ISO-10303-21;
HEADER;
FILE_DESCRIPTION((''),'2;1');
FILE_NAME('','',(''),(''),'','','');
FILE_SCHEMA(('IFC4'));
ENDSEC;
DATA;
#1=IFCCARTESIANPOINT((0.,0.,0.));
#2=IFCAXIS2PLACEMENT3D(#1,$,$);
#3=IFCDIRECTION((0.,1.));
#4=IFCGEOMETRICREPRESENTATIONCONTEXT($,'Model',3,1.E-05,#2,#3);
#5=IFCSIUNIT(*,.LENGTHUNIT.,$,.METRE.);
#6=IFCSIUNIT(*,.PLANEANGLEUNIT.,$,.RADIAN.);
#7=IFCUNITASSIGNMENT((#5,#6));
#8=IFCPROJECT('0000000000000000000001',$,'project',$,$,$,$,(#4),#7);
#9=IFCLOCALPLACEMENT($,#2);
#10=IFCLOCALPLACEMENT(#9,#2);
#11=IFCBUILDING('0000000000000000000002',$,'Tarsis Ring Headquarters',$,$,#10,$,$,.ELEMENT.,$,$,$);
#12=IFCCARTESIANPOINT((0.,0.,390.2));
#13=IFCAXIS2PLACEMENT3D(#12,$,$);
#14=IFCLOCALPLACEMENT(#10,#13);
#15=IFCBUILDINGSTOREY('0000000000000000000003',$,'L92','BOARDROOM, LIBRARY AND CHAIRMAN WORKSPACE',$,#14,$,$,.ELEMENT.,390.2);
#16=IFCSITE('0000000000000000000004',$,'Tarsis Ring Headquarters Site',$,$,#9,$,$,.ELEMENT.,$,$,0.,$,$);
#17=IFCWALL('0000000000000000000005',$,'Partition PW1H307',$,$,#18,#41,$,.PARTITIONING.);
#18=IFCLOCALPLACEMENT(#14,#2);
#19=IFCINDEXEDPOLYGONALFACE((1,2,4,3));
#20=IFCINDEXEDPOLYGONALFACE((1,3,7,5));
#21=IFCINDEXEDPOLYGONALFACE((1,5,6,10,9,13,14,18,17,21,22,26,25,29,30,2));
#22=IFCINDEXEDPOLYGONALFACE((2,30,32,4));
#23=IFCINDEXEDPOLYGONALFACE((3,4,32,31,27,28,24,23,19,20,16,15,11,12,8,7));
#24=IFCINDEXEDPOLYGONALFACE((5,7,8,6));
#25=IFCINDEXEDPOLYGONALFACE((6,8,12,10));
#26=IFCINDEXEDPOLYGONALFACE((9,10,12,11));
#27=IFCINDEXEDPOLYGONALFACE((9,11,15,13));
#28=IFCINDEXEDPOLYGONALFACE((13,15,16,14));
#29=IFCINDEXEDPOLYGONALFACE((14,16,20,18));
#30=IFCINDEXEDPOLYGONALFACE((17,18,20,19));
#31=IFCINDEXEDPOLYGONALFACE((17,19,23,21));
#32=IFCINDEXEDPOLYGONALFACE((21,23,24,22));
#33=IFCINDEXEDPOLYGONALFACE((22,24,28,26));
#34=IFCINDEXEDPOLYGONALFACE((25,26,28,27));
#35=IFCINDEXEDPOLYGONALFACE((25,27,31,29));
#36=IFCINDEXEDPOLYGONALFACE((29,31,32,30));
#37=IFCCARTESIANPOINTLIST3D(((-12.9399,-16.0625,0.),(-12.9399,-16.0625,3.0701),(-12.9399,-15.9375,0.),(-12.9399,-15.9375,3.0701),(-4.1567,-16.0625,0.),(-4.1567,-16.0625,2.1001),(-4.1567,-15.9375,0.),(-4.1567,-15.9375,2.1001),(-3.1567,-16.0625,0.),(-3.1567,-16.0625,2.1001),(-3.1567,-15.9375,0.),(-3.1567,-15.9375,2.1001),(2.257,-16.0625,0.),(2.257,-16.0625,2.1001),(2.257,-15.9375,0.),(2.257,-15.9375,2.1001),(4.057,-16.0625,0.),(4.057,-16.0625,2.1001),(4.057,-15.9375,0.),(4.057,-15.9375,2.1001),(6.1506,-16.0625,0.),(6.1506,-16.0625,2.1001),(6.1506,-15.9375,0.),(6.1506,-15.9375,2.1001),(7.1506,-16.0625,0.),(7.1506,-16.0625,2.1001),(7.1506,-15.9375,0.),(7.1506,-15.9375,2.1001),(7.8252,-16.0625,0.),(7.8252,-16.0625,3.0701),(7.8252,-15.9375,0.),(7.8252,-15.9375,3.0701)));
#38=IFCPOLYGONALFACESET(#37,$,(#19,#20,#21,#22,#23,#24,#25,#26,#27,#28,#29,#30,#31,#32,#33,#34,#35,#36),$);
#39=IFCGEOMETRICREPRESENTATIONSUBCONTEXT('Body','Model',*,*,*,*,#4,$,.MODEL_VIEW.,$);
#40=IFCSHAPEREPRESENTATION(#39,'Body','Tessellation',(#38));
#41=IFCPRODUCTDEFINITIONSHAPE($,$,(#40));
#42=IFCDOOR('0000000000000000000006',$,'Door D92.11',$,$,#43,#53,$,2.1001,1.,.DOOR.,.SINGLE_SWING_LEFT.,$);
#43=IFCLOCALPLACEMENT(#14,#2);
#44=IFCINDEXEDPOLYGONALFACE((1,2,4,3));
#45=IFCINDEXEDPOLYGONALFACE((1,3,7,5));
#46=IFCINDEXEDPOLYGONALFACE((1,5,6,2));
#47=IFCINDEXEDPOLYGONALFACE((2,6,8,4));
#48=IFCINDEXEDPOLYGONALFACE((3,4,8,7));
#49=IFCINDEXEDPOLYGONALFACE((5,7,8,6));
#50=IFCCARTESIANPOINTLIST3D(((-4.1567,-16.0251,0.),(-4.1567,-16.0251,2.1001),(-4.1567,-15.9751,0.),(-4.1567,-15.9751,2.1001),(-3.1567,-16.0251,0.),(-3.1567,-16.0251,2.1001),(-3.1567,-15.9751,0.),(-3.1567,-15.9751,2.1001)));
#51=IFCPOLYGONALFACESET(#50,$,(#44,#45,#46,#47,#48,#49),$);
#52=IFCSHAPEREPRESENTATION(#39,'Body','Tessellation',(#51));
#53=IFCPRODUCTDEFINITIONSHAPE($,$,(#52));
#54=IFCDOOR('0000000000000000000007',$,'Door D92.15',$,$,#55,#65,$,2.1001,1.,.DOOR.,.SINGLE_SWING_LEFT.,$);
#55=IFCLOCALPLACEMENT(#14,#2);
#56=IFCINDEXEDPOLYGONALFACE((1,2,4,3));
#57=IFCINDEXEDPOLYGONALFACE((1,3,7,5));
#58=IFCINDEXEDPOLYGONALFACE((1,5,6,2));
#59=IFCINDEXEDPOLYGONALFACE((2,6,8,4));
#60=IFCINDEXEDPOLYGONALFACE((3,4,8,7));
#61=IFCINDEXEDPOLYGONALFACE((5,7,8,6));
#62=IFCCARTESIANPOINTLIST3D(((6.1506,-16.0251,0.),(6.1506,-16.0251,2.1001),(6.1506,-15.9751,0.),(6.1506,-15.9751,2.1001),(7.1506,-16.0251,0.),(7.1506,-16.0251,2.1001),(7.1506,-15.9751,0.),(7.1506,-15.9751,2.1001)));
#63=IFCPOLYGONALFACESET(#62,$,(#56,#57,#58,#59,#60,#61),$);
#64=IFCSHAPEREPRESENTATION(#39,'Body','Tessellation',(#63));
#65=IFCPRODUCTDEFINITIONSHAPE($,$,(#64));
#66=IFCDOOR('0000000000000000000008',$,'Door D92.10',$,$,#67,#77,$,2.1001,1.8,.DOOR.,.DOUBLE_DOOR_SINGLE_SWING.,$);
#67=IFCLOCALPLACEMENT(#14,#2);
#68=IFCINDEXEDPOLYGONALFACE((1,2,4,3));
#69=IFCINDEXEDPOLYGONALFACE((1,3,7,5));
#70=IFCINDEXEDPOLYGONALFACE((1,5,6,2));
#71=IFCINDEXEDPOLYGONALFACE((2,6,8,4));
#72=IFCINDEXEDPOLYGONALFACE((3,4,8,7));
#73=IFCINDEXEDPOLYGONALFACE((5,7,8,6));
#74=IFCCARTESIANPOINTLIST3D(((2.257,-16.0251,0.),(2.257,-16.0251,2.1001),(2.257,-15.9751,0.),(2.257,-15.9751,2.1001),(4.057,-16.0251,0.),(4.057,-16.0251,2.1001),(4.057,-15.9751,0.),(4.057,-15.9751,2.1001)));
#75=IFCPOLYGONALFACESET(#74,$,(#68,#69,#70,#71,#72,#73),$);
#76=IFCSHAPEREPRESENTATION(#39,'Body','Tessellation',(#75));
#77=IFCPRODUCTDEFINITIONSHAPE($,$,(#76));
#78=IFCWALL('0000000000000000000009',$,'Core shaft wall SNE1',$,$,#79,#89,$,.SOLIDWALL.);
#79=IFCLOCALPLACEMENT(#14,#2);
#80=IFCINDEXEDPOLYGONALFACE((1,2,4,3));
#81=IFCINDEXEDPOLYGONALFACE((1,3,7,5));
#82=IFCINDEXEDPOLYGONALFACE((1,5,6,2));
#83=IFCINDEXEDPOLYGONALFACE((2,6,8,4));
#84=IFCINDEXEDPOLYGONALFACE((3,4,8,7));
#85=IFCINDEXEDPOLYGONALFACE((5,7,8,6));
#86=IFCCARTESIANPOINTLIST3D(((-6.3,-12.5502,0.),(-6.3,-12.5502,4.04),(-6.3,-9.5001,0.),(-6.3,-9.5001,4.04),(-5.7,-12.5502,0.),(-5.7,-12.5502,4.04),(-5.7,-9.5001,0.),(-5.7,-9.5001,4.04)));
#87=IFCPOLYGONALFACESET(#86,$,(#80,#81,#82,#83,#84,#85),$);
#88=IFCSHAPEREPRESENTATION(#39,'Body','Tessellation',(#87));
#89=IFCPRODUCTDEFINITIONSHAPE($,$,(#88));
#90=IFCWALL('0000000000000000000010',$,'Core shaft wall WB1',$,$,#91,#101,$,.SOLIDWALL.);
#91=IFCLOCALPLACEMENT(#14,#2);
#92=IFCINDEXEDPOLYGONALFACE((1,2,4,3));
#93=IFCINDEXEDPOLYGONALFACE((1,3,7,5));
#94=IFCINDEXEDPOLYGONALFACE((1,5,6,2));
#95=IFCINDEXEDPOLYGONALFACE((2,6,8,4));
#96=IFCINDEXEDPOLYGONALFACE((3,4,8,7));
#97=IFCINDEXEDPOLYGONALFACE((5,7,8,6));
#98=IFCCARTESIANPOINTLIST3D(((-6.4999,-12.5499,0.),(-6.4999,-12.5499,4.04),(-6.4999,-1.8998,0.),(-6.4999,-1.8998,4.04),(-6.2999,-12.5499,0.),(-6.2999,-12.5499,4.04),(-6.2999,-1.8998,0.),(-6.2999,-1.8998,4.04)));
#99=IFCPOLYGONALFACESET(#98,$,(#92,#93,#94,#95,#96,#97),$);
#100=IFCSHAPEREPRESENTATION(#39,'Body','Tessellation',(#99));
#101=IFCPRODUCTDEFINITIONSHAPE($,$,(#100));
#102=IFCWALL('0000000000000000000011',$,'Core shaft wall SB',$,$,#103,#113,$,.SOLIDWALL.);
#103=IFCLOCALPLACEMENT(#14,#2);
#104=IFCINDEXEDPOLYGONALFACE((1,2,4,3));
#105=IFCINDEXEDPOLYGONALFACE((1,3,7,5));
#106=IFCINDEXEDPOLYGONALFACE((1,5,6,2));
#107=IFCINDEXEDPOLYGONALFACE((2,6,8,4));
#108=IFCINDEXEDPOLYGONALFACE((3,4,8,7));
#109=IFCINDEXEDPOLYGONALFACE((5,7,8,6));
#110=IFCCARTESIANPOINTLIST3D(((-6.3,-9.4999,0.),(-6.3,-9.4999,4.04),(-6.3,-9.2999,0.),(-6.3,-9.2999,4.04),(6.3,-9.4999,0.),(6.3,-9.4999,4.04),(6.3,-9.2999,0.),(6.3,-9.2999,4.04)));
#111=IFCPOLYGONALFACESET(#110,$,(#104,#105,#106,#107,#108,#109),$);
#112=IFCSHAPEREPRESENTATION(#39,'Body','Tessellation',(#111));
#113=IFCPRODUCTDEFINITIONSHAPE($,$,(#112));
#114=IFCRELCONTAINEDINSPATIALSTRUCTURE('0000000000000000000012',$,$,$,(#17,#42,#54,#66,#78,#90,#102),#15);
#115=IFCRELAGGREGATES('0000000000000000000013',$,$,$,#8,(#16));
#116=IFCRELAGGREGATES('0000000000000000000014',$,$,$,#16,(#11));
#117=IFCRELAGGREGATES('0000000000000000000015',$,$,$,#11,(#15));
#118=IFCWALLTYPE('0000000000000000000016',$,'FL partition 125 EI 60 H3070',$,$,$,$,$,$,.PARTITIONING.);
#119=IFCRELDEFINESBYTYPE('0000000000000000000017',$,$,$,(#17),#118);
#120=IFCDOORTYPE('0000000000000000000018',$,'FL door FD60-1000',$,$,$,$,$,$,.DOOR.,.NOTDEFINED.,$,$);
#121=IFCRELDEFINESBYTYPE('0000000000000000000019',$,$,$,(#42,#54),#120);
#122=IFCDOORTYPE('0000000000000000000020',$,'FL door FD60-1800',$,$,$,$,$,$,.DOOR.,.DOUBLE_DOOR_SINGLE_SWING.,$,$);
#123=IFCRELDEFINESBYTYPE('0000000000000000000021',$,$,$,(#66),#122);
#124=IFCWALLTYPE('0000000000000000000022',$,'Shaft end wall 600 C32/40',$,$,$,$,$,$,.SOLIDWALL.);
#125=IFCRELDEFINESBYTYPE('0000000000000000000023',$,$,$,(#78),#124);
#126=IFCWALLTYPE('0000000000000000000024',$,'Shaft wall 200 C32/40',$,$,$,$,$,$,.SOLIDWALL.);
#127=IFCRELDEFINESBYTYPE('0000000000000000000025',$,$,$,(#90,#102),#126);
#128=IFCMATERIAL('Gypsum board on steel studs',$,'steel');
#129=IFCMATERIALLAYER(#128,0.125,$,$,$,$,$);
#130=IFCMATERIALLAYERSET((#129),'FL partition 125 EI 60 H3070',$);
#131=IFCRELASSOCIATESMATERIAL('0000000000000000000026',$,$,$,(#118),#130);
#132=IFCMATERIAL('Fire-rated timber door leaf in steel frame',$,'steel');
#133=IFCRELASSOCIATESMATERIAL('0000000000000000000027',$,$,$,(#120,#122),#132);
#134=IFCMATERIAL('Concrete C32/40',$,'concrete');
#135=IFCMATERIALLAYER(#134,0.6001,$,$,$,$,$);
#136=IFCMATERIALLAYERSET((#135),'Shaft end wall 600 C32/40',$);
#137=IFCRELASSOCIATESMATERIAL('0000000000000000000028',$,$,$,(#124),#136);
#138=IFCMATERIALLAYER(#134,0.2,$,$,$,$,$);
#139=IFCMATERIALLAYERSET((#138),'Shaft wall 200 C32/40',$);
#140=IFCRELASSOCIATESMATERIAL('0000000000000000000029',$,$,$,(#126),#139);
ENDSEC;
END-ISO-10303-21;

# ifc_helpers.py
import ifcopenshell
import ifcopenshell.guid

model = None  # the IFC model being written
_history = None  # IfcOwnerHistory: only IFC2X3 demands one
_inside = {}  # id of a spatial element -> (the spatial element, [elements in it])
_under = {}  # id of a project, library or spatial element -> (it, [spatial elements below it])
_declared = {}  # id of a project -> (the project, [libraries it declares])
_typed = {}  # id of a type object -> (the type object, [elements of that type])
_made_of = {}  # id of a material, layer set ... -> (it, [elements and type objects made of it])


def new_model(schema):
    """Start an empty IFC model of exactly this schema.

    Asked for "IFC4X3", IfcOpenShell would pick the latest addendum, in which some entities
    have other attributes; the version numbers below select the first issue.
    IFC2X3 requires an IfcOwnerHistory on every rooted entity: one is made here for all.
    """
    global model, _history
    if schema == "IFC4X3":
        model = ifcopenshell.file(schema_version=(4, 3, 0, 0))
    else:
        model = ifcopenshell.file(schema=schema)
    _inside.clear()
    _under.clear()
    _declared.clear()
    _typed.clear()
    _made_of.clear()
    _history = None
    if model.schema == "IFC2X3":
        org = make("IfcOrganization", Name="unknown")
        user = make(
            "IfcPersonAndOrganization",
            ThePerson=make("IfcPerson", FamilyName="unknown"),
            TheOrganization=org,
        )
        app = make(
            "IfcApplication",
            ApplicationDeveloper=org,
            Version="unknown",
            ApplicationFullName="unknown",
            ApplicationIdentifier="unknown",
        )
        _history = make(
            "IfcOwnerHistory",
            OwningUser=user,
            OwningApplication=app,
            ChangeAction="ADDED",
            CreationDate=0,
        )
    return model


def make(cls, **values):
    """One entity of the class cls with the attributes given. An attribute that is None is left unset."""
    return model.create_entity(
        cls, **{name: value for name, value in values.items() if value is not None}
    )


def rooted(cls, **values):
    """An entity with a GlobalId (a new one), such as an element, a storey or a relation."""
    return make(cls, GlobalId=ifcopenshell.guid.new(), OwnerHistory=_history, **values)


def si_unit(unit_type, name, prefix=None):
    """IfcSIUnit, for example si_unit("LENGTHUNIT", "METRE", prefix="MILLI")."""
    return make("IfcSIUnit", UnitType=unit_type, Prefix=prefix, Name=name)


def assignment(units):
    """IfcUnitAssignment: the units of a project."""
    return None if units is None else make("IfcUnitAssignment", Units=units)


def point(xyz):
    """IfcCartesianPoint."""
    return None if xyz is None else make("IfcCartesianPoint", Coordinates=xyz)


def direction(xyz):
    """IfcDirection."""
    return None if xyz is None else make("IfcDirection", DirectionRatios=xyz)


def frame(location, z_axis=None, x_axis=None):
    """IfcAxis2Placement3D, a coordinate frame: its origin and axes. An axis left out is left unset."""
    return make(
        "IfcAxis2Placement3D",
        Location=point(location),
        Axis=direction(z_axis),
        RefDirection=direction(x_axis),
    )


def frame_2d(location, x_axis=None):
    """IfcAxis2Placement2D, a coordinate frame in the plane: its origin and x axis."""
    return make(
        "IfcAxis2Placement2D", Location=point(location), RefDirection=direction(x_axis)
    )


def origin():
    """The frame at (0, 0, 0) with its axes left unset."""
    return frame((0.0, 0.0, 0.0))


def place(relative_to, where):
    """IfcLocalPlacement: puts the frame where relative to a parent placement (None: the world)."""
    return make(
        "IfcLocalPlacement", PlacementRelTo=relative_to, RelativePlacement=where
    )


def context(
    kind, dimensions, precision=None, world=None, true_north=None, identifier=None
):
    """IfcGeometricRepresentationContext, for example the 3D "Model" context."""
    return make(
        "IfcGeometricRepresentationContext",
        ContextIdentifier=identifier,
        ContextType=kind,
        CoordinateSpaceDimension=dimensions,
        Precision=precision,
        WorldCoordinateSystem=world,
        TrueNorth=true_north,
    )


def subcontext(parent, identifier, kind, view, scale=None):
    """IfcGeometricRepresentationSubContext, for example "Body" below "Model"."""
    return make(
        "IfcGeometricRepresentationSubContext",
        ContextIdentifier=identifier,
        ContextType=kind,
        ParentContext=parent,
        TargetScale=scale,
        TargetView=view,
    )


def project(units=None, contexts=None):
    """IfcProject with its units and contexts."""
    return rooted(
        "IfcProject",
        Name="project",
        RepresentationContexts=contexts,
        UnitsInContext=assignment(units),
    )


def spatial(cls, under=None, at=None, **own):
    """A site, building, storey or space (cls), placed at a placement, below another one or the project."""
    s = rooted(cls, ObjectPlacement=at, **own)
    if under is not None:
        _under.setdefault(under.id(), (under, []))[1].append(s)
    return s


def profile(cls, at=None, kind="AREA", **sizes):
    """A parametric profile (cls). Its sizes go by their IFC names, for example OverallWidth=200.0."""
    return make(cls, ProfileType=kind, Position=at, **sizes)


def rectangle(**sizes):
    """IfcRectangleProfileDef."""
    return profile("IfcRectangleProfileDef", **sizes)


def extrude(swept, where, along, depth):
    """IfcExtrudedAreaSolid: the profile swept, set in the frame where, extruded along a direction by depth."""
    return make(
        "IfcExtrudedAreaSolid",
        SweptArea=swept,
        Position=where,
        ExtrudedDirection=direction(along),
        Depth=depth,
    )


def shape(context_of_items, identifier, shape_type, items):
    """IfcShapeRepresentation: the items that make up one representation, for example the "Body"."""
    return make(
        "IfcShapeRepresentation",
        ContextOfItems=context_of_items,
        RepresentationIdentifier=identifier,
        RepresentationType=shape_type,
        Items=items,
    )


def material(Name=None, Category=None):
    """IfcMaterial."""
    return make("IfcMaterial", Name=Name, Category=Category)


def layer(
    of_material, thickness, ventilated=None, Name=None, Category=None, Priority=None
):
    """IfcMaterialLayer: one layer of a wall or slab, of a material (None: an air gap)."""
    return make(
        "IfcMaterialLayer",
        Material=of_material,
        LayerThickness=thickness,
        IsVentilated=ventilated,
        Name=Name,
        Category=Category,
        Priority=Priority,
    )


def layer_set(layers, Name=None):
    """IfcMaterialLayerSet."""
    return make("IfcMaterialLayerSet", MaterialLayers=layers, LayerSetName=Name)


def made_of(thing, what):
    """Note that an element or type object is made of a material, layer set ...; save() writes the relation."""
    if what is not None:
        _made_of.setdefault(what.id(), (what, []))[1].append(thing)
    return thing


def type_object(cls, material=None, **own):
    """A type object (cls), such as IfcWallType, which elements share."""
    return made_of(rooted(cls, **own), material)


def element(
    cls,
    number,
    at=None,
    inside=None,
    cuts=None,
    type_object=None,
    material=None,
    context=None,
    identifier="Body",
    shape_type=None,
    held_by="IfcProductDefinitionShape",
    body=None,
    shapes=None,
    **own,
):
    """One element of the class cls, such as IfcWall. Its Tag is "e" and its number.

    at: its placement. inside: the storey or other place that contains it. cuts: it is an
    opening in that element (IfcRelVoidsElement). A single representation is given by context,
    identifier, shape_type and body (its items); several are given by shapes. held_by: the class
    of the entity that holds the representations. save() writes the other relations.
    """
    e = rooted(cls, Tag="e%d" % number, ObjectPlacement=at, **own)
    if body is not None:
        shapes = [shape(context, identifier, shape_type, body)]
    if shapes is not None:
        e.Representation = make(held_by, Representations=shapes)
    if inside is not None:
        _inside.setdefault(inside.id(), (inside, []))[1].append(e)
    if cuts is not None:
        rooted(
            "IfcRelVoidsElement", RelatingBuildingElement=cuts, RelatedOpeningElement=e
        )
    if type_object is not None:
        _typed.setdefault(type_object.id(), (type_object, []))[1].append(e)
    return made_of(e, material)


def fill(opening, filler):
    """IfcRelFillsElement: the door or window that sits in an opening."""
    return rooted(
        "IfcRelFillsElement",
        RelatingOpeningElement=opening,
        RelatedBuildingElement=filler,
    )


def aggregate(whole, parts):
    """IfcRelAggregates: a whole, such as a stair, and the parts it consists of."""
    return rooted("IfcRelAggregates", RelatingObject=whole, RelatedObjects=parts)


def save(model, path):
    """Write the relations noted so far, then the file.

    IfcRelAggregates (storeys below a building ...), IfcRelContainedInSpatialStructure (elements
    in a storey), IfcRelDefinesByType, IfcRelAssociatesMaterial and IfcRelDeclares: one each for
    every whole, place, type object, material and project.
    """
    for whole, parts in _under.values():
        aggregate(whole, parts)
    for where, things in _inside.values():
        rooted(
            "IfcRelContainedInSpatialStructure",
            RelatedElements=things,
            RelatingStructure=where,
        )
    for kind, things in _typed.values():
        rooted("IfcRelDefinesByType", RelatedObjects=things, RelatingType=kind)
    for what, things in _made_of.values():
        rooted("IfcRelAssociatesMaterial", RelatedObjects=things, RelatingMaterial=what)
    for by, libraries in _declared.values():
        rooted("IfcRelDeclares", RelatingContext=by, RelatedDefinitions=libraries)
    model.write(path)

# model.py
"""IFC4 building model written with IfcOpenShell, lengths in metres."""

from ifc_helpers import new_model, si_unit, direction, frame, frame_2d, origin, place, context, subcontext, project, spatial, rectangle, extrude, material, layer, layer_set, type_object, element, fill, save


model = new_model("IFC4")

# Units and contexts
model_context = context("Model", 3, precision=1e-05, world=origin(), true_north=direction((0.0, 1.0)))
body_context = subcontext(model_context, "Body", "Model", "MODEL_VIEW")
ifc_project = project(units=[si_unit("LENGTHUNIT", "METRE"), si_unit("PLANEANGLEUNIT", "RADIAN")], contexts=[model_context])

# Site, building, storey
site_placement = place(None, origin())
site = spatial("IfcSite", under=ifc_project, at=site_placement, Name="Tarsis Ring Headquarters Site", CompositionType="ELEMENT", RefElevation=0.0)
building_placement = place(site_placement, origin())
building = spatial("IfcBuilding", under=site, at=building_placement, Name="Tarsis Ring Headquarters", CompositionType="ELEMENT")
storey_placement = place(building_placement, frame((0.0, 0.0, 390.2)))
storey = spatial("IfcBuildingStorey", under=building, at=storey_placement, Name="L92", Description="BOARDROOM, LIBRARY AND CHAIRMAN WORKSPACE", CompositionType="ELEMENT", Elevation=390.2)

# Wall, openings, doors
ifc_material_1 = material(Name="Gypsum board on steel studs", Category="steel")
ifc_layer_1 = layer(ifc_material_1, 0.125)
ifc_layer_set_1 = layer_set([ifc_layer_1], Name="FL partition 125 EI 60 H3070")
wall_type_1 = type_object("IfcWallType", Name="FL partition 125 EI 60 H3070", PredefinedType="PARTITIONING", material=ifc_layer_set_1)
ifc_material_2 = material(Name="Fire-rated timber door leaf in steel frame", Category="steel")
door_type_1 = type_object("IfcDoorType", Name="FL door FD60-1000", OperationType="NOTDEFINED", PredefinedType="DOOR", material=ifc_material_2)
door_type_2 = type_object("IfcDoorType", Name="FL door FD60-1800", OperationType="DOUBLE_DOOR_SINGLE_SWING", PredefinedType="DOOR", material=ifc_material_2)
wall_1_placement = place(storey_placement, frame((-12.9399, -16.0, 0.0), z_axis=(0.0, 0.0, 1.0), x_axis=(1.0, 0.0, 0.0)))
wall_1 = element("IfcWall", 1, at=wall_1_placement, inside=storey, type_object=wall_type_1, Name="Partition PW1H307", PredefinedType="PARTITIONING", context=body_context, shape_type="SweptSolid", body=[
    extrude(rectangle(XDim=20.7651, YDim=0.125, at=frame_2d((10.3826, 0.0))), origin(), (0.0, 0.0, 1.0), 3.0701),
])
opening_1_placement = place(wall_1_placement, frame((15.197, 0.0, 0.0)))
opening_1 = element("IfcOpeningElement", 2, at=opening_1_placement, cuts=wall_1, PredefinedType="OPENING", context=body_context, shape_type="SweptSolid", body=[
    extrude(rectangle(XDim=1.8, YDim=2.1001, at=frame_2d((0.8999, 1.05))), frame((0.0, 0.0725, 0.0), z_axis=(0.0, -1.0, 0.0), x_axis=(1.0, 0.0, 0.0)), (0.0, 0.0, 1.0), 0.145),
])
opening_2_placement = place(wall_1_placement, frame((8.7832, 0.0, 0.0)))
opening_2 = element("IfcOpeningElement", 3, at=opening_2_placement, cuts=wall_1, PredefinedType="OPENING", context=body_context, shape_type="SweptSolid", body=[
    extrude(rectangle(XDim=1.0, YDim=2.1001, at=frame_2d((0.5, 1.05))), frame((0.0, 0.0725, 0.0), z_axis=(0.0, -1.0, 0.0), x_axis=(1.0, 0.0, 0.0)), (0.0, 0.0, 1.0), 0.145),
])
opening_3_placement = place(wall_1_placement, frame((19.0906, 0.0, 0.0)))
opening_3 = element("IfcOpeningElement", 4, at=opening_3_placement, cuts=wall_1, PredefinedType="OPENING", context=body_context, shape_type="SweptSolid", body=[
    extrude(rectangle(XDim=1.0, YDim=2.1001, at=frame_2d((0.5, 1.05))), frame((0.0, 0.0725, 0.0), z_axis=(0.0, -1.0, 0.0), x_axis=(1.0, 0.0, 0.0)), (0.0, 0.0, 1.0), 0.145),
])
door_1_placement = place(opening_2_placement, origin())
door_1 = element("IfcDoor", 5, at=door_1_placement, inside=storey, type_object=door_type_1, Name="Door D92.11", OperationType="SINGLE_SWING_LEFT", OverallHeight=2.1001, OverallWidth=1.0, PredefinedType="DOOR", context=body_context, shape_type="SweptSolid", body=[
    extrude(rectangle(XDim=1.0, YDim=2.1001, at=frame_2d((0.5, 1.05))), frame((0.0, 0.0249, 0.0), z_axis=(0.0, -1.0, 0.0), x_axis=(1.0, 0.0, 0.0)), (0.0, 0.0, 1.0), 0.05),
])
fill(opening_2, door_1)
door_2_placement = place(opening_3_placement, origin())
door_2 = element("IfcDoor", 6, at=door_2_placement, inside=storey, type_object=door_type_1, Name="Door D92.15", OperationType="SINGLE_SWING_LEFT", OverallHeight=2.1001, OverallWidth=1.0, PredefinedType="DOOR", context=body_context, shape_type="SweptSolid", body=[
    extrude(rectangle(XDim=1.0, YDim=2.1001, at=frame_2d((0.5, 1.05))), frame((0.0, 0.0249, 0.0), z_axis=(0.0, -1.0, 0.0), x_axis=(1.0, 0.0, 0.0)), (0.0, 0.0, 1.0), 0.05),
])
fill(opening_3, door_2)
door_3_placement = place(opening_1_placement, origin())
door_3 = element("IfcDoor", 7, at=door_3_placement, inside=storey, type_object=door_type_2, Name="Door D92.10", OperationType="DOUBLE_DOOR_SINGLE_SWING", OverallHeight=2.1001, OverallWidth=1.8, PredefinedType="DOOR", context=body_context, shape_type="SweptSolid", body=[
    extrude(rectangle(XDim=1.8, YDim=2.1001, at=frame_2d((0.8999, 1.05))), frame((0.0, 0.0249, 0.0), z_axis=(0.0, -1.0, 0.0), x_axis=(1.0, 0.0, 0.0)), (0.0, 0.0, 1.0), 0.05),
])
fill(opening_1, door_3)

# Walls
ifc_material_3 = material(Name="Concrete C32/40", Category="concrete")
ifc_layer_2 = layer(ifc_material_3, 0.6001)
ifc_layer_set_2 = layer_set([ifc_layer_2], Name="Shaft end wall 600 C32/40")
wall_type_2 = type_object("IfcWallType", Name="Shaft end wall 600 C32/40", PredefinedType="SOLIDWALL", material=ifc_layer_set_2)
wall_2_placement = place(storey_placement, frame((-6.0, -12.55, 0.0), z_axis=(0.0, 0.0, 1.0), x_axis=(0.0, 1.0, 0.0)))
element("IfcWall", 8, at=wall_2_placement, inside=storey, type_object=wall_type_2, Name="Core shaft wall SNE1", PredefinedType="SOLIDWALL", context=body_context, shape_type="SweptSolid", body=[
    extrude(rectangle(XDim=3.05, YDim=0.6001, at=frame_2d((1.5249, 0.0))), origin(), (0.0, 0.0, 1.0), 4.04),
])
ifc_layer_3 = layer(ifc_material_3, 0.2)
ifc_layer_set_3 = layer_set([ifc_layer_3], Name="Shaft wall 200 C32/40")
wall_type_3 = type_object("IfcWallType", Name="Shaft wall 200 C32/40", PredefinedType="SOLIDWALL", material=ifc_layer_set_3)
wall_3_placement = place(storey_placement, frame((-6.3999, -12.55, 0.0), z_axis=(0.0, 0.0, 1.0), x_axis=(0.0, 1.0, 0.0)))
element("IfcWall", 9, at=wall_3_placement, inside=storey, type_object=wall_type_3, Name="Core shaft wall WB1", PredefinedType="SOLIDWALL", context=body_context, shape_type="SweptSolid", body=[
    extrude(rectangle(XDim=10.6501, YDim=0.2, at=frame_2d((5.3252, 0.0))), origin(), (0.0, 0.0, 1.0), 4.04),
])
wall_4_placement = place(storey_placement, frame((-6.3, -9.3999, 0.0), z_axis=(0.0, 0.0, 1.0), x_axis=(1.0, 0.0, 0.0)))
element("IfcWall", 10, at=wall_4_placement, inside=storey, type_object=wall_type_3, Name="Core shaft wall SB", PredefinedType="SOLIDWALL", context=body_context, shape_type="SweptSolid", body=[
    extrude(rectangle(XDim=12.6001, YDim=0.2, at=frame_2d((6.3, 0.0))), origin(), (0.0, 0.0, 1.0), 4.04),
])

save(model, "model.ifc")
